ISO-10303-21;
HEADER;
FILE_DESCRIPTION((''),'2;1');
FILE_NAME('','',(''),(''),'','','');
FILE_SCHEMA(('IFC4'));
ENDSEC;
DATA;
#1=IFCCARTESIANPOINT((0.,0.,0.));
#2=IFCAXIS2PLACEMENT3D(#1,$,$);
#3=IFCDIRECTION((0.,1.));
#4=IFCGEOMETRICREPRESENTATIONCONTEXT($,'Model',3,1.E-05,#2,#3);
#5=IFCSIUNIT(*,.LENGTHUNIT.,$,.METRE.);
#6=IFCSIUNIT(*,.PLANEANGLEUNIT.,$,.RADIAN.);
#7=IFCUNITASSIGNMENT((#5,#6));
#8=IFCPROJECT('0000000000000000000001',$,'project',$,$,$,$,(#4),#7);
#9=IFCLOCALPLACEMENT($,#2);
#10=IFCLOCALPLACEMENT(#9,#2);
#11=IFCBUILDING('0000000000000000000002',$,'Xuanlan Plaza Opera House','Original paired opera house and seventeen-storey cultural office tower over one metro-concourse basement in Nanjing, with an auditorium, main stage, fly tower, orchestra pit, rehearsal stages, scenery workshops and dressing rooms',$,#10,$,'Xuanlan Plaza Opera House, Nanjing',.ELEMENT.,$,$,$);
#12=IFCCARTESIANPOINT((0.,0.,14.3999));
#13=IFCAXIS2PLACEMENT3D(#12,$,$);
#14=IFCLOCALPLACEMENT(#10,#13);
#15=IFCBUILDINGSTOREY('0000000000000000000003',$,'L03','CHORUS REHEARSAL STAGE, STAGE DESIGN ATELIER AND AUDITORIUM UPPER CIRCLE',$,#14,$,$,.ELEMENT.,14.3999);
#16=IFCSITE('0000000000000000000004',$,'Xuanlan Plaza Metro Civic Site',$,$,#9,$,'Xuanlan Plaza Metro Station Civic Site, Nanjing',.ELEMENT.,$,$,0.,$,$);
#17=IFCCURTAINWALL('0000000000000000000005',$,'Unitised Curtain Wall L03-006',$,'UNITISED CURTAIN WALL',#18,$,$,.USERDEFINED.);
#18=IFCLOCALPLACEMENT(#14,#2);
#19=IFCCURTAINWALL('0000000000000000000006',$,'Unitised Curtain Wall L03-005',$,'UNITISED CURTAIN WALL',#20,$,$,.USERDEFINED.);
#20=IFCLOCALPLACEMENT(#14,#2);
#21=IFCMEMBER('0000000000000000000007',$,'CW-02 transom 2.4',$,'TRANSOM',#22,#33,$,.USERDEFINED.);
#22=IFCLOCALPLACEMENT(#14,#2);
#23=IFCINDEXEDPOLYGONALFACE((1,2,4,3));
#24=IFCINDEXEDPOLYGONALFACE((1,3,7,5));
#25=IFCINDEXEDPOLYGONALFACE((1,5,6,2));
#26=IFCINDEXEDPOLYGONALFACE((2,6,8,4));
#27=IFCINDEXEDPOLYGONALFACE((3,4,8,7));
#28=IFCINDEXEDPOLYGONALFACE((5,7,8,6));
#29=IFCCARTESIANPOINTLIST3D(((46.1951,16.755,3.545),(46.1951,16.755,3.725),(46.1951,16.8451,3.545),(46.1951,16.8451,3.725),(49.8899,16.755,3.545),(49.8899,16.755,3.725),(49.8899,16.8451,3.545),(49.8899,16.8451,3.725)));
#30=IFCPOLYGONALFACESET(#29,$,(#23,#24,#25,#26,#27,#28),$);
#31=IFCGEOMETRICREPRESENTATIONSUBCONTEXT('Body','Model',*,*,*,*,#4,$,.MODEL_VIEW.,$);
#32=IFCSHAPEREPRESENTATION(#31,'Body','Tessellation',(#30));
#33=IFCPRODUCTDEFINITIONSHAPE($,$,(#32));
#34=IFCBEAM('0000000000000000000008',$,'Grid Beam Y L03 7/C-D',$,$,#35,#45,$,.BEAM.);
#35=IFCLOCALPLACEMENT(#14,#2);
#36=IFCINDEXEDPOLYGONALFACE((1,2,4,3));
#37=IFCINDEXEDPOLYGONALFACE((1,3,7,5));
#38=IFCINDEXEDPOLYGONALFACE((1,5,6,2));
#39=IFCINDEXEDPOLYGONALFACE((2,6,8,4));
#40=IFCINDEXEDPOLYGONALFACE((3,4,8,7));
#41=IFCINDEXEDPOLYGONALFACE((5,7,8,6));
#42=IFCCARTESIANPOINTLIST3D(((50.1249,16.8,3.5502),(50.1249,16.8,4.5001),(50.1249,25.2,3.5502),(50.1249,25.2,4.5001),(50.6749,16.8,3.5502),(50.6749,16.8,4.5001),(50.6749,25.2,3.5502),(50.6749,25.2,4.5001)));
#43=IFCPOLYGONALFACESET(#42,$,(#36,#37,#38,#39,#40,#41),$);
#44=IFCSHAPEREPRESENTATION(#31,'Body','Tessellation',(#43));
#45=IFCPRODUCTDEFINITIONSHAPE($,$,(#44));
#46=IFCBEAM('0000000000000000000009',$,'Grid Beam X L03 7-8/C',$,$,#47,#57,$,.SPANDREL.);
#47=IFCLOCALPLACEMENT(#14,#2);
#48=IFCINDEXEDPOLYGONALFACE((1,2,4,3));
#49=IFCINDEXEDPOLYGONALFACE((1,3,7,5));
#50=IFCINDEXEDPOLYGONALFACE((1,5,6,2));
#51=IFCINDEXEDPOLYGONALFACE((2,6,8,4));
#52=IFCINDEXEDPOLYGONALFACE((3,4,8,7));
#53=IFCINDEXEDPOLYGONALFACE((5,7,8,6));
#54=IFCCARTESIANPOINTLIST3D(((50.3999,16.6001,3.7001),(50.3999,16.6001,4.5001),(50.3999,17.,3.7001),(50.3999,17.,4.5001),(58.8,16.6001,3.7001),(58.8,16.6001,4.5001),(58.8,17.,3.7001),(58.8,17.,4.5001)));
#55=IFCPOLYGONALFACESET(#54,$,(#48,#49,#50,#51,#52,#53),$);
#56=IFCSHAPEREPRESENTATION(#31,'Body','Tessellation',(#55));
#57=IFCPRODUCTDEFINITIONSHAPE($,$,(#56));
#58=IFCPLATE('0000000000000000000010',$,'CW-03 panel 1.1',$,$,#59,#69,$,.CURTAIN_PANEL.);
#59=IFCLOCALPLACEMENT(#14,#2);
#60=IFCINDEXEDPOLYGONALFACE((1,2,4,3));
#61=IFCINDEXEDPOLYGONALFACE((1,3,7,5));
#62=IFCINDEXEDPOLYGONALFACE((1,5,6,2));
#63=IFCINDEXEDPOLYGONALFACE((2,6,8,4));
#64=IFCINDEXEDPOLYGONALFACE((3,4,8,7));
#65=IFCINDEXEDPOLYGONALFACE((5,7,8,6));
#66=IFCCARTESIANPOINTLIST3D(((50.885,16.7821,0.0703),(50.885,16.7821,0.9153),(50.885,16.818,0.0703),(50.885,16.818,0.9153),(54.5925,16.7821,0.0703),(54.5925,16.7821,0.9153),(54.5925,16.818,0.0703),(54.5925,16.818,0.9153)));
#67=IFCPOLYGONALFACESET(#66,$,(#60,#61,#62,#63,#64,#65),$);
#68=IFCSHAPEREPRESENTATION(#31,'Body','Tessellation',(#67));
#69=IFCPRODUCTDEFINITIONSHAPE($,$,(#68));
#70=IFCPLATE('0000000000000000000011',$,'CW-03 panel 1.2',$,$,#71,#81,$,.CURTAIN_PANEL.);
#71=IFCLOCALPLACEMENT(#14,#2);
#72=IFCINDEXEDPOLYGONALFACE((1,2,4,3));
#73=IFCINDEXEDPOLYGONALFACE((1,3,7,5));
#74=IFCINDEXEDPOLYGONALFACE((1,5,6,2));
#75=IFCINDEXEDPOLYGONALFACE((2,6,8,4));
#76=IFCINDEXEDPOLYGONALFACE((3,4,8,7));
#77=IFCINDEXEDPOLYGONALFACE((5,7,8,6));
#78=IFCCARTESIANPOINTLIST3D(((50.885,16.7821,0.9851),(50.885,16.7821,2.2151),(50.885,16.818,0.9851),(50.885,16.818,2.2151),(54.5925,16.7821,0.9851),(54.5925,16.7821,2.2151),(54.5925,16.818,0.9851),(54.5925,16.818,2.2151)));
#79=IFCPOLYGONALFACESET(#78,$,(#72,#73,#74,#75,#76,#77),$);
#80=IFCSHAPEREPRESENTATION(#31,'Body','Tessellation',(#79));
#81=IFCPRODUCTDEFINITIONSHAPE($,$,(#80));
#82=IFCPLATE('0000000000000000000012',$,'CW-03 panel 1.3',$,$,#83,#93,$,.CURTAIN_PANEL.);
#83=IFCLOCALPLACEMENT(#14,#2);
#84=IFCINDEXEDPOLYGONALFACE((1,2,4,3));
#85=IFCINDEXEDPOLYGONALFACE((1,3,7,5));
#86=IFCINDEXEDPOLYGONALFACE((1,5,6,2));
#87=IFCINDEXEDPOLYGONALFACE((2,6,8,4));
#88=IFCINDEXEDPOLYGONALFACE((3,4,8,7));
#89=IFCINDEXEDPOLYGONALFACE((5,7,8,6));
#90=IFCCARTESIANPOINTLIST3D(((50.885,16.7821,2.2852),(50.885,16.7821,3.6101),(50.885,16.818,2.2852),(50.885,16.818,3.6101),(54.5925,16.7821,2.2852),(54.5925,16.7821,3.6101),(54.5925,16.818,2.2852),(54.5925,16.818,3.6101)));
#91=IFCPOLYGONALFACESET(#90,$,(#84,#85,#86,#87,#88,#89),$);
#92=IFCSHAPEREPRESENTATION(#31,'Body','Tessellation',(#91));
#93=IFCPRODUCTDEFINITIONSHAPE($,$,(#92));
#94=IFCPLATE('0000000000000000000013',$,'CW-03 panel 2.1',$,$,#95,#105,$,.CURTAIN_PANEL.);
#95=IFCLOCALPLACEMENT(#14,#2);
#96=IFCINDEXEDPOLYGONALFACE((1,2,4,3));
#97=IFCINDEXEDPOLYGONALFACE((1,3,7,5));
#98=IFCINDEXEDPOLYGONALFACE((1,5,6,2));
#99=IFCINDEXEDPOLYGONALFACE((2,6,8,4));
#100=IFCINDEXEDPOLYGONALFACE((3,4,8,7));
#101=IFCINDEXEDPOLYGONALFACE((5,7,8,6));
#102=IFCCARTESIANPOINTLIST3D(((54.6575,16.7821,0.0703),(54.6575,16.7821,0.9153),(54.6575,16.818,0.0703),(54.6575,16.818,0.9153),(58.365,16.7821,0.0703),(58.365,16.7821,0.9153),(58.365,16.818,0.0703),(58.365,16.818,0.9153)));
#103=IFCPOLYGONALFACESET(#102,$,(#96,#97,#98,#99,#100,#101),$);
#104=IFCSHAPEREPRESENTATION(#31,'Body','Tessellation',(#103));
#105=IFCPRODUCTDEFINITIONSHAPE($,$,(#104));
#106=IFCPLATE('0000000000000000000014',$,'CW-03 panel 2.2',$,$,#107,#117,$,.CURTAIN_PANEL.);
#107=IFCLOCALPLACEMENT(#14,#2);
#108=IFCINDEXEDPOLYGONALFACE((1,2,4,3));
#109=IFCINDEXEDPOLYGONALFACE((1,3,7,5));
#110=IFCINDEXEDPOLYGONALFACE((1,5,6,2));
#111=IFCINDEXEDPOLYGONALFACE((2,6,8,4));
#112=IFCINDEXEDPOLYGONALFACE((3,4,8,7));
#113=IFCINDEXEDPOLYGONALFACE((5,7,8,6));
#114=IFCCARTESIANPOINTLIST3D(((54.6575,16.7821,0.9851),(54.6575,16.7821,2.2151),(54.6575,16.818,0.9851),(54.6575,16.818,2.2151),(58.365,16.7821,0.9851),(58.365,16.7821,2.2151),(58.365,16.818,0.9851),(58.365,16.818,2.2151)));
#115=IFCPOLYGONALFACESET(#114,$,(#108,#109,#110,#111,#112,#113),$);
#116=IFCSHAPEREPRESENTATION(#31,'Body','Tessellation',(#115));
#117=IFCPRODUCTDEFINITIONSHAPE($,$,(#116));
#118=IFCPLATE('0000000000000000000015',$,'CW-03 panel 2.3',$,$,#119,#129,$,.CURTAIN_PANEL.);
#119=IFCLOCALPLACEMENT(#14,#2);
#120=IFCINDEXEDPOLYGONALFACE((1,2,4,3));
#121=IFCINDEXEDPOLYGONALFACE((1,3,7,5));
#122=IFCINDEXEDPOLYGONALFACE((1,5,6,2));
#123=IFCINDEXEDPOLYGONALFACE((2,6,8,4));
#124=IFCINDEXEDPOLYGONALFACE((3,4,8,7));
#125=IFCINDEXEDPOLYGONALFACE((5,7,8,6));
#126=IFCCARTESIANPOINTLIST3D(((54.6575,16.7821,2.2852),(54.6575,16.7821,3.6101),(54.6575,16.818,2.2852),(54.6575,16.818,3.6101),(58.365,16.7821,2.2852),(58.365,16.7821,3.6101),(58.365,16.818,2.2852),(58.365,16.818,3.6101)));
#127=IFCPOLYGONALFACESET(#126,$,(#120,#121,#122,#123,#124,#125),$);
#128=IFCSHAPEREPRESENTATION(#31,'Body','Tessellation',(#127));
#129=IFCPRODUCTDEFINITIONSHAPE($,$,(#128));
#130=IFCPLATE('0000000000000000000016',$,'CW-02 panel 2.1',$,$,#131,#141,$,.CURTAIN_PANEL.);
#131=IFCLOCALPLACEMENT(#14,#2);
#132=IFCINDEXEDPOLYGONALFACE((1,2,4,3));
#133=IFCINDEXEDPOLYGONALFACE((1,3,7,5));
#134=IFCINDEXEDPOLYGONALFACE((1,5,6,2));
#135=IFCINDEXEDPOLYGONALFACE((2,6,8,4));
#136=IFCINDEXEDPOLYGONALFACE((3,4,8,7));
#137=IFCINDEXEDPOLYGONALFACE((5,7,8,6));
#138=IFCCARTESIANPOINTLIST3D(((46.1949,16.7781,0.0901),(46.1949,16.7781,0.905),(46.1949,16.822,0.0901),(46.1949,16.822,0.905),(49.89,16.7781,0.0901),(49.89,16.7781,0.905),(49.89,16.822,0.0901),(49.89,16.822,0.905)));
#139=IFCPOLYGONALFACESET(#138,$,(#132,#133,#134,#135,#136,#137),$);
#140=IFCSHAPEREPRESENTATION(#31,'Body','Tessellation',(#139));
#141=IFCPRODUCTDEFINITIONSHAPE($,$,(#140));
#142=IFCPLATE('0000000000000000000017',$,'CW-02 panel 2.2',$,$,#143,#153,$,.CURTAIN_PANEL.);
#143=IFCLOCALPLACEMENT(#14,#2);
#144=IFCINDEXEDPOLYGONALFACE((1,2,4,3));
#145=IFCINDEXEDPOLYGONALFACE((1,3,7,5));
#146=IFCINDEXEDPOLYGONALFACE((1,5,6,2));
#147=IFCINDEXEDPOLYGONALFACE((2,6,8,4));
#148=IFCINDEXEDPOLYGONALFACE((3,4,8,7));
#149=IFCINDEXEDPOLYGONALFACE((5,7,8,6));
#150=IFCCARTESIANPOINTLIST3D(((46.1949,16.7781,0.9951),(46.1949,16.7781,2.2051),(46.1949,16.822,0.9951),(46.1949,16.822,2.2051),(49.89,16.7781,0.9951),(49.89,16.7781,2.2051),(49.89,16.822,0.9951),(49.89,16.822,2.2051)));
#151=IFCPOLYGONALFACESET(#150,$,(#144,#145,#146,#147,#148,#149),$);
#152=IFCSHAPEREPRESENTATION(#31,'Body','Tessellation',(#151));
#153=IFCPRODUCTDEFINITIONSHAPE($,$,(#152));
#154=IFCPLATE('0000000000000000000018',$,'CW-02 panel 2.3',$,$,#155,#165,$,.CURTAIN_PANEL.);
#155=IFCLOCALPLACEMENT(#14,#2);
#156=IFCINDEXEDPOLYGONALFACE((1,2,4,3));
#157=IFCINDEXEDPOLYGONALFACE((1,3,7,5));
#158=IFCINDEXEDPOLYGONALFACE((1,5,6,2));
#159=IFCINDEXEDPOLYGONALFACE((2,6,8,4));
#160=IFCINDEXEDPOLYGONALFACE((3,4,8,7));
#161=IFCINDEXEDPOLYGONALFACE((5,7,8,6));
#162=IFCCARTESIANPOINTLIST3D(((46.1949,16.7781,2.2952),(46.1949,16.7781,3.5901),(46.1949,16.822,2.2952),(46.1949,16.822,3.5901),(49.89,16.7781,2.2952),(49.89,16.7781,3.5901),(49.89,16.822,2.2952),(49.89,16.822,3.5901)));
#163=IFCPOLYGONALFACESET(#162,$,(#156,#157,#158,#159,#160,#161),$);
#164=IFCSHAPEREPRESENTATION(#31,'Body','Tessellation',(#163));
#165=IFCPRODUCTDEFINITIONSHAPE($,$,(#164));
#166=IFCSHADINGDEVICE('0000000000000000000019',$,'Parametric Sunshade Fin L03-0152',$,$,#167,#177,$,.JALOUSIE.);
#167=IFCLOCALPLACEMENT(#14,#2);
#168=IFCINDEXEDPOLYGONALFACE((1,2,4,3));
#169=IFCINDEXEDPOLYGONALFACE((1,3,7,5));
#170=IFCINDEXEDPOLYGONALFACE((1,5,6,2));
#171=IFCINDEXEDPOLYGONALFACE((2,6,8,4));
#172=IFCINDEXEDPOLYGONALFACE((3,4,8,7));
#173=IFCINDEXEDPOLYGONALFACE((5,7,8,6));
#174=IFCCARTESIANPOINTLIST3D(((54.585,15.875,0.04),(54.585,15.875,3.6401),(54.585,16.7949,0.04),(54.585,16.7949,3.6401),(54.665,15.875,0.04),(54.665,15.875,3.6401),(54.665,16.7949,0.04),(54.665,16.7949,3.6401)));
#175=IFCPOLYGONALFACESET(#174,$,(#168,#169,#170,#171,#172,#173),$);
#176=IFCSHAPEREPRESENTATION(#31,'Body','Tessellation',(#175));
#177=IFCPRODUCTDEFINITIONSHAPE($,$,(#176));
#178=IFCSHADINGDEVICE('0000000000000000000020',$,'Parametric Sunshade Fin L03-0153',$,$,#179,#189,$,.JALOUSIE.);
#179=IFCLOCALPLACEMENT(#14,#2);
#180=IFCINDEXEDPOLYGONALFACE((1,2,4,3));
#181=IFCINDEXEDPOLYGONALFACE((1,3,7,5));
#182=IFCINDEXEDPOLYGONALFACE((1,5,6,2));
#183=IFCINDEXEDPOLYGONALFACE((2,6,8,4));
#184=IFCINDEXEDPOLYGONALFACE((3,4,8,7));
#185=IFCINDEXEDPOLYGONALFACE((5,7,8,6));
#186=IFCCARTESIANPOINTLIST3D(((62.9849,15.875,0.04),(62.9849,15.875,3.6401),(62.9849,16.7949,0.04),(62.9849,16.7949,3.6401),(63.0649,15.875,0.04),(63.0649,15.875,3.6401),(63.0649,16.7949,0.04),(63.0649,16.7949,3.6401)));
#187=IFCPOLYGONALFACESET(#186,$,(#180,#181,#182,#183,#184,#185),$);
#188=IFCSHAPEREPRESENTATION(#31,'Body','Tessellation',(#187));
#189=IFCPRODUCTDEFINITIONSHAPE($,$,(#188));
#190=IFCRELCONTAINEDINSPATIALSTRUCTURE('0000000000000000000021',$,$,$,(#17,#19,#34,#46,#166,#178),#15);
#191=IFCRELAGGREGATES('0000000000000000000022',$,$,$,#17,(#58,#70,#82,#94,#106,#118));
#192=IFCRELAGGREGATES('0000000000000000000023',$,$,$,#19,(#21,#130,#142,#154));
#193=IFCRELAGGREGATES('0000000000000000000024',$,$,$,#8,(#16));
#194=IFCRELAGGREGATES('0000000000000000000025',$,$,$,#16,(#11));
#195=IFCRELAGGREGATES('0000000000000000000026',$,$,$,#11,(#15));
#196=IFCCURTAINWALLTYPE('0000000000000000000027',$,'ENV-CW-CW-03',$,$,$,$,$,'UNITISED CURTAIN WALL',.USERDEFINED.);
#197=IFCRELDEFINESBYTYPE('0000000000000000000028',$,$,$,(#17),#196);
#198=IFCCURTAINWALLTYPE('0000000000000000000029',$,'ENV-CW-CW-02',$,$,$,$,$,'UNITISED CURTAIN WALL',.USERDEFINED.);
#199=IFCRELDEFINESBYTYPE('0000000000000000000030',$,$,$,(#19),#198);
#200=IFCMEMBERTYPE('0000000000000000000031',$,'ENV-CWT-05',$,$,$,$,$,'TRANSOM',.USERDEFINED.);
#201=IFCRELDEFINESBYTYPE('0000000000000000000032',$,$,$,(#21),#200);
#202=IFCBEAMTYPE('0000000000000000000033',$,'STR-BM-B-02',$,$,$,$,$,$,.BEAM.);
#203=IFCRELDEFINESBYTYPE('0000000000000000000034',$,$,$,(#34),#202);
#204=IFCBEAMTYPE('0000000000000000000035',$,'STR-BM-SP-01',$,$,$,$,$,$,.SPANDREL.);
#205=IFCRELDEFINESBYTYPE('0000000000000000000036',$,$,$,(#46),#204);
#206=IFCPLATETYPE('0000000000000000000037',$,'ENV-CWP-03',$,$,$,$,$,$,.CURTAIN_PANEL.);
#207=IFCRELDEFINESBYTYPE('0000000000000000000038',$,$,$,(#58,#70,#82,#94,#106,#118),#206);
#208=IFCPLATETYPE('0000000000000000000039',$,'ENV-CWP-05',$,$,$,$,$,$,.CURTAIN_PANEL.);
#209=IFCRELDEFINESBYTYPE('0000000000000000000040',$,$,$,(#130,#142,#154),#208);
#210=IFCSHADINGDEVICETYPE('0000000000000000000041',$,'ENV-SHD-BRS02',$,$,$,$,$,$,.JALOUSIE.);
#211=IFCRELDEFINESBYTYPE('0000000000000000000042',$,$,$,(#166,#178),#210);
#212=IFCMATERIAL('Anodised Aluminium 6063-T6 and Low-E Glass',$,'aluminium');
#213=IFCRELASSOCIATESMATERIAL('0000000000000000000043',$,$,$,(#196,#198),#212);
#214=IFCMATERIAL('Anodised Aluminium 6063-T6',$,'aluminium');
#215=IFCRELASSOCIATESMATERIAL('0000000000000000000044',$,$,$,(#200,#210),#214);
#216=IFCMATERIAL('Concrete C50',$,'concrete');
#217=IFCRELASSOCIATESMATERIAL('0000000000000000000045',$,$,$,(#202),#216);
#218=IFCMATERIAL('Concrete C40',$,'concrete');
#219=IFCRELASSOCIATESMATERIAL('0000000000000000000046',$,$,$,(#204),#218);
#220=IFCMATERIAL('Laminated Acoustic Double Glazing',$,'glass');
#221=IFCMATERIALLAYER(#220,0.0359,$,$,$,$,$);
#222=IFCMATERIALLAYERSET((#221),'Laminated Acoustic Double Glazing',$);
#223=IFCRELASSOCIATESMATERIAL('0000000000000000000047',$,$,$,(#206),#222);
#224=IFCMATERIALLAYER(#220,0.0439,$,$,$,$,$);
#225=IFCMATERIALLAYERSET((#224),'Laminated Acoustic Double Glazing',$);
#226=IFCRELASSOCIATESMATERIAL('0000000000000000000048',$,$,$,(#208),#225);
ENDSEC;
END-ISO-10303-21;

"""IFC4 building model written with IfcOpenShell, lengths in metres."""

from ifc_helpers import new_model, si_unit, direction, frame, origin, origin_2d, place, context, subcontext, project, spatial, rectangle, extrude, material, layer, layer_set, material_profile, profile_set, type_object, element, aggregate, save


model = new_model("IFC4")

# Units and contexts
model_context = context("Model", 3, precision=1e-05, world=origin(), true_north=direction((0.0, 1.0)))
body_context = subcontext(model_context, "Body", "Model", "MODEL_VIEW")
ifc_project = project(units=[si_unit("LENGTHUNIT", "METRE"), si_unit("PLANEANGLEUNIT", "RADIAN")], contexts=[model_context])

# Site, building, storey
site_placement = place(None, origin())
site = spatial("IfcSite", under=ifc_project, at=site_placement, Name="Xuanlan Plaza Metro Civic Site", LongName="Xuanlan Plaza Metro Station Civic Site, Nanjing", CompositionType="ELEMENT", RefElevation=0.0)
building_placement = place(site_placement, origin())
building = spatial("IfcBuilding", under=site, at=building_placement, Name="Xuanlan Plaza Opera House", Description="Original paired opera house and seventeen-storey cultural office tower over one metro-concourse basement in Nanjing, with an auditorium, main stage, fly tower, orchestra pit, rehearsal stages, scenery workshops and dressing rooms", LongName="Xuanlan Plaza Opera House, Nanjing", CompositionType="ELEMENT")
storey_placement = place(building_placement, frame((0.0, 0.0, 14.3999)))
storey = spatial("IfcBuildingStorey", under=building, at=storey_placement, Name="L03", Description="CHORUS REHEARSAL STAGE, STAGE DESIGN ATELIER AND AUDITORIUM UPPER CIRCLE", CompositionType="ELEMENT", Elevation=14.3999)

# Shared definitions
ifc_material_1 = material(Name="Concrete C40", Category="concrete")

# Curtain wall
ifc_material_2 = material(Name="Anodised Aluminium 6063-T6 and Low-E Glass", Category="aluminium")
curtain_wall_type_1 = type_object("IfcCurtainWallType", Name="ENV-CW-CW-03", ElementType="UNITISED CURTAIN WALL", PredefinedType="USERDEFINED", material=ifc_material_2)
curtain_wall_1_placement = place(storey_placement, origin())
curtain_wall_1 = element("IfcCurtainWall", 1, at=curtain_wall_1_placement, inside=storey, type_object=curtain_wall_type_1, Name="Unitised Curtain Wall L03-006", ObjectType="UNITISED CURTAIN WALL", PredefinedType="USERDEFINED")
ifc_material_3 = material(Name="Anodised Aluminium 6063-T6", Category="aluminium")

# Curtain wall
curtain_wall_type_2 = type_object("IfcCurtainWallType", Name="ENV-CW-CW-02", ElementType="UNITISED CURTAIN WALL", PredefinedType="USERDEFINED", material=ifc_material_2)
curtain_wall_2_placement = place(storey_placement, origin())
curtain_wall_2 = element("IfcCurtainWall", 2, at=curtain_wall_2_placement, inside=storey, type_object=curtain_wall_type_2, Name="Unitised Curtain Wall L03-005", ObjectType="UNITISED CURTAIN WALL", PredefinedType="USERDEFINED")

# Member
ifc_material_profile_1 = material_profile(ifc_material_3, rectangle(XDim=0.0901, YDim=0.1799, at=origin_2d()), Name="ALU-T 90x180")
ifc_profile_set_1 = profile_set([ifc_material_profile_1], Name="Anodised Aluminium 6063-T6")
member_type_1 = type_object("IfcMemberType", Name="ENV-CWT-05", ElementType="TRANSOM", PredefinedType="USERDEFINED", material=ifc_profile_set_1)
member_1_placement = place(storey_placement, frame((46.1951, 16.8, 3.635), z_axis=(1.0, 0.0, 0.0), x_axis=(0.0, 1.0, 0.0)))
member_1 = element("IfcMember", 3, at=member_1_placement, type_object=member_type_1, Name="CW-02 transom 2.4", ObjectType="TRANSOM", PredefinedType="USERDEFINED", context=body_context, shape_type="SweptSolid", body=[
    extrude(rectangle(XDim=0.0901, YDim=0.1799, at=origin_2d()), origin(), (0.0, 0.0, 1.0), 3.6948),
])

# Beams
ifc_material_4 = material(Name="Concrete C50", Category="concrete")
ifc_material_profile_2 = material_profile(ifc_material_4, rectangle(XDim=0.55, YDim=0.95, at=origin_2d()), Name="RC-BM 550x950")
ifc_profile_set_2 = profile_set([ifc_material_profile_2], Name="Concrete C50")
beam_type_1 = type_object("IfcBeamType", Name="STR-BM-B-02", PredefinedType="BEAM", material=ifc_profile_set_2)
beam_1_placement = place(storey_placement, frame((50.3999, 16.8, 4.0251), z_axis=(0.0, 1.0, 0.0), x_axis=(-1.0, 0.0, 0.0)))
element("IfcBeam", 4, at=beam_1_placement, inside=storey, type_object=beam_type_1, Name="Grid Beam Y L03 7/C-D", PredefinedType="BEAM", context=body_context, shape_type="SweptSolid", body=[
    extrude(rectangle(XDim=0.55, YDim=0.95, at=origin_2d()), origin(), (0.0, 0.0, 1.0), 8.3999),
])
ifc_material_profile_3 = material_profile(ifc_material_1, rectangle(XDim=0.3999, YDim=0.8, at=origin_2d()), Name="RC-SPD 400x800")
ifc_profile_set_3 = profile_set([ifc_material_profile_3], Name="Concrete C40")
beam_type_2 = type_object("IfcBeamType", Name="STR-BM-SP-01", PredefinedType="SPANDREL", material=ifc_profile_set_3)
beam_2_placement = place(storey_placement, frame((50.3999, 16.8, 4.1001), z_axis=(1.0, 0.0, 0.0), x_axis=(0.0, 1.0, 0.0)))
element("IfcBeam", 5, at=beam_2_placement, inside=storey, type_object=beam_type_2, Name="Grid Beam X L03 7-8/C", PredefinedType="SPANDREL", context=body_context, shape_type="SweptSolid", body=[
    extrude(rectangle(XDim=0.3999, YDim=0.8, at=origin_2d()), origin(), (0.0, 0.0, 1.0), 8.4001),
])

# Plates
ifc_material_5 = material(Name="Laminated Acoustic Double Glazing", Category="glass")
ifc_layer_1 = layer(ifc_material_5, 0.0359)
ifc_layer_set_1 = layer_set([ifc_layer_1], Name="Laminated Acoustic Double Glazing")
plate_type_1 = type_object("IfcPlateType", Name="ENV-CWP-03", PredefinedType="CURTAIN_PANEL", material=ifc_layer_set_1)
plate_1_placement = place(storey_placement, frame((52.7388, 16.8, 0.0703), z_axis=(0.0, 0.0, 1.0), x_axis=(1.0, 0.0, 0.0)))
plate_1 = element("IfcPlate", 6, at=plate_1_placement, type_object=plate_type_1, Name="CW-03 panel 1.1", PredefinedType="CURTAIN_PANEL", context=body_context, shape_type="SweptSolid", body=[
    extrude(rectangle(XDim=3.7075, YDim=0.0359, at=origin_2d()), origin(), (0.0, 0.0, 1.0), 0.845),
])
plate_2_placement = place(storey_placement, frame((52.7388, 16.8, 0.9851), z_axis=(0.0, 0.0, 1.0), x_axis=(1.0, 0.0, 0.0)))
plate_2 = element("IfcPlate", 7, at=plate_2_placement, type_object=plate_type_1, Name="CW-03 panel 1.2", PredefinedType="CURTAIN_PANEL", context=body_context, shape_type="SweptSolid", body=[
    extrude(rectangle(XDim=3.7075, YDim=0.0359, at=origin_2d()), origin(), (0.0, 0.0, 1.0), 1.23),
])
plate_3_placement = place(storey_placement, frame((52.7388, 16.8, 2.2852), z_axis=(0.0, 0.0, 1.0), x_axis=(1.0, 0.0, 0.0)))
plate_3 = element("IfcPlate", 8, at=plate_3_placement, type_object=plate_type_1, Name="CW-03 panel 1.3", PredefinedType="CURTAIN_PANEL", context=body_context, shape_type="SweptSolid", body=[
    extrude(rectangle(XDim=3.7075, YDim=0.0359, at=origin_2d()), origin(), (0.0, 0.0, 1.0), 1.325),
])
plate_4_placement = place(storey_placement, frame((56.5112, 16.8, 0.0703), z_axis=(0.0, 0.0, 1.0), x_axis=(1.0, 0.0, 0.0)))
plate_4 = element("IfcPlate", 9, at=plate_4_placement, type_object=plate_type_1, Name="CW-03 panel 2.1", PredefinedType="CURTAIN_PANEL", context=body_context, shape_type="SweptSolid", body=[
    extrude(rectangle(XDim=3.7075, YDim=0.0359, at=origin_2d()), origin(), (0.0, 0.0, 1.0), 0.845),
])
plate_5_placement = place(storey_placement, frame((56.5112, 16.8, 0.9851), z_axis=(0.0, 0.0, 1.0), x_axis=(1.0, 0.0, 0.0)))
plate_5 = element("IfcPlate", 10, at=plate_5_placement, type_object=plate_type_1, Name="CW-03 panel 2.2", PredefinedType="CURTAIN_PANEL", context=body_context, shape_type="SweptSolid", body=[
    extrude(rectangle(XDim=3.7075, YDim=0.0359, at=origin_2d()), origin(), (0.0, 0.0, 1.0), 1.23),
])
plate_6_placement = place(storey_placement, frame((56.5112, 16.8, 2.2852), z_axis=(0.0, 0.0, 1.0), x_axis=(1.0, 0.0, 0.0)))
plate_6 = element("IfcPlate", 11, at=plate_6_placement, type_object=plate_type_1, Name="CW-03 panel 2.3", PredefinedType="CURTAIN_PANEL", context=body_context, shape_type="SweptSolid", body=[
    extrude(rectangle(XDim=3.7075, YDim=0.0359, at=origin_2d()), origin(), (0.0, 0.0, 1.0), 1.325),
])
aggregate(curtain_wall_1, [plate_1, plate_2, plate_3, plate_4, plate_5, plate_6])
ifc_layer_2 = layer(ifc_material_5, 0.0439)
ifc_layer_set_2 = layer_set([ifc_layer_2], Name="Laminated Acoustic Double Glazing")
plate_type_2 = type_object("IfcPlateType", Name="ENV-CWP-05", PredefinedType="CURTAIN_PANEL", material=ifc_layer_set_2)
plate_7_placement = place(storey_placement, frame((48.0425, 16.8, 0.0901), z_axis=(0.0, 0.0, 1.0), x_axis=(1.0, 0.0, 0.0)))
plate_7 = element("IfcPlate", 12, at=plate_7_placement, type_object=plate_type_2, Name="CW-02 panel 2.1", PredefinedType="CURTAIN_PANEL", context=body_context, shape_type="SweptSolid", body=[
    extrude(rectangle(XDim=3.6951, YDim=0.0439, at=origin_2d()), origin(), (0.0, 0.0, 1.0), 0.8149),
])
plate_8_placement = place(storey_placement, frame((48.0425, 16.8, 0.9951), z_axis=(0.0, 0.0, 1.0), x_axis=(1.0, 0.0, 0.0)))
plate_8 = element("IfcPlate", 13, at=plate_8_placement, type_object=plate_type_2, Name="CW-02 panel 2.2", PredefinedType="CURTAIN_PANEL", context=body_context, shape_type="SweptSolid", body=[
    extrude(rectangle(XDim=3.6951, YDim=0.0439, at=origin_2d()), origin(), (0.0, 0.0, 1.0), 1.21),
])
plate_9_placement = place(storey_placement, frame((48.0425, 16.8, 2.2952), z_axis=(0.0, 0.0, 1.0), x_axis=(1.0, 0.0, 0.0)))
plate_9 = element("IfcPlate", 14, at=plate_9_placement, type_object=plate_type_2, Name="CW-02 panel 2.3", PredefinedType="CURTAIN_PANEL", context=body_context, shape_type="SweptSolid", body=[
    extrude(rectangle(XDim=3.6951, YDim=0.0439, at=origin_2d()), origin(), (0.0, 0.0, 1.0), 1.2949),
])
aggregate(curtain_wall_2, [member_1, plate_7, plate_8, plate_9])

# Shading devices
shading_device_type = type_object("IfcShadingDeviceType", Name="ENV-SHD-BRS02", PredefinedType="JALOUSIE", material=ifc_material_3)
for number, where, z_axis, x_axis, name in (
    (15, (54.625, 16.335, 0.04), (0.0, 0.0, 1.0), (0.0, -1.0, 0.0), "Parametric Sunshade Fin L03-0152"),
    (16, (63.0249, 16.335, 0.04), (0.0, 0.0, 1.0), (0.0, -1.0, 0.0), "Parametric Sunshade Fin L03-0153"),
):
    element("IfcShadingDevice", number, at=place(storey_placement, frame(where, z_axis=z_axis, x_axis=x_axis)), inside=storey, type_object=shading_device_type, Name=name, PredefinedType="JALOUSIE", context=body_context, shape_type="SweptSolid", body=[
        extrude(rectangle(XDim=0.9199, YDim=0.0801, at=origin_2d()), origin(), (0.0, 0.0, 1.0), 3.6001),
    ])

save(model, "model.ifc")
